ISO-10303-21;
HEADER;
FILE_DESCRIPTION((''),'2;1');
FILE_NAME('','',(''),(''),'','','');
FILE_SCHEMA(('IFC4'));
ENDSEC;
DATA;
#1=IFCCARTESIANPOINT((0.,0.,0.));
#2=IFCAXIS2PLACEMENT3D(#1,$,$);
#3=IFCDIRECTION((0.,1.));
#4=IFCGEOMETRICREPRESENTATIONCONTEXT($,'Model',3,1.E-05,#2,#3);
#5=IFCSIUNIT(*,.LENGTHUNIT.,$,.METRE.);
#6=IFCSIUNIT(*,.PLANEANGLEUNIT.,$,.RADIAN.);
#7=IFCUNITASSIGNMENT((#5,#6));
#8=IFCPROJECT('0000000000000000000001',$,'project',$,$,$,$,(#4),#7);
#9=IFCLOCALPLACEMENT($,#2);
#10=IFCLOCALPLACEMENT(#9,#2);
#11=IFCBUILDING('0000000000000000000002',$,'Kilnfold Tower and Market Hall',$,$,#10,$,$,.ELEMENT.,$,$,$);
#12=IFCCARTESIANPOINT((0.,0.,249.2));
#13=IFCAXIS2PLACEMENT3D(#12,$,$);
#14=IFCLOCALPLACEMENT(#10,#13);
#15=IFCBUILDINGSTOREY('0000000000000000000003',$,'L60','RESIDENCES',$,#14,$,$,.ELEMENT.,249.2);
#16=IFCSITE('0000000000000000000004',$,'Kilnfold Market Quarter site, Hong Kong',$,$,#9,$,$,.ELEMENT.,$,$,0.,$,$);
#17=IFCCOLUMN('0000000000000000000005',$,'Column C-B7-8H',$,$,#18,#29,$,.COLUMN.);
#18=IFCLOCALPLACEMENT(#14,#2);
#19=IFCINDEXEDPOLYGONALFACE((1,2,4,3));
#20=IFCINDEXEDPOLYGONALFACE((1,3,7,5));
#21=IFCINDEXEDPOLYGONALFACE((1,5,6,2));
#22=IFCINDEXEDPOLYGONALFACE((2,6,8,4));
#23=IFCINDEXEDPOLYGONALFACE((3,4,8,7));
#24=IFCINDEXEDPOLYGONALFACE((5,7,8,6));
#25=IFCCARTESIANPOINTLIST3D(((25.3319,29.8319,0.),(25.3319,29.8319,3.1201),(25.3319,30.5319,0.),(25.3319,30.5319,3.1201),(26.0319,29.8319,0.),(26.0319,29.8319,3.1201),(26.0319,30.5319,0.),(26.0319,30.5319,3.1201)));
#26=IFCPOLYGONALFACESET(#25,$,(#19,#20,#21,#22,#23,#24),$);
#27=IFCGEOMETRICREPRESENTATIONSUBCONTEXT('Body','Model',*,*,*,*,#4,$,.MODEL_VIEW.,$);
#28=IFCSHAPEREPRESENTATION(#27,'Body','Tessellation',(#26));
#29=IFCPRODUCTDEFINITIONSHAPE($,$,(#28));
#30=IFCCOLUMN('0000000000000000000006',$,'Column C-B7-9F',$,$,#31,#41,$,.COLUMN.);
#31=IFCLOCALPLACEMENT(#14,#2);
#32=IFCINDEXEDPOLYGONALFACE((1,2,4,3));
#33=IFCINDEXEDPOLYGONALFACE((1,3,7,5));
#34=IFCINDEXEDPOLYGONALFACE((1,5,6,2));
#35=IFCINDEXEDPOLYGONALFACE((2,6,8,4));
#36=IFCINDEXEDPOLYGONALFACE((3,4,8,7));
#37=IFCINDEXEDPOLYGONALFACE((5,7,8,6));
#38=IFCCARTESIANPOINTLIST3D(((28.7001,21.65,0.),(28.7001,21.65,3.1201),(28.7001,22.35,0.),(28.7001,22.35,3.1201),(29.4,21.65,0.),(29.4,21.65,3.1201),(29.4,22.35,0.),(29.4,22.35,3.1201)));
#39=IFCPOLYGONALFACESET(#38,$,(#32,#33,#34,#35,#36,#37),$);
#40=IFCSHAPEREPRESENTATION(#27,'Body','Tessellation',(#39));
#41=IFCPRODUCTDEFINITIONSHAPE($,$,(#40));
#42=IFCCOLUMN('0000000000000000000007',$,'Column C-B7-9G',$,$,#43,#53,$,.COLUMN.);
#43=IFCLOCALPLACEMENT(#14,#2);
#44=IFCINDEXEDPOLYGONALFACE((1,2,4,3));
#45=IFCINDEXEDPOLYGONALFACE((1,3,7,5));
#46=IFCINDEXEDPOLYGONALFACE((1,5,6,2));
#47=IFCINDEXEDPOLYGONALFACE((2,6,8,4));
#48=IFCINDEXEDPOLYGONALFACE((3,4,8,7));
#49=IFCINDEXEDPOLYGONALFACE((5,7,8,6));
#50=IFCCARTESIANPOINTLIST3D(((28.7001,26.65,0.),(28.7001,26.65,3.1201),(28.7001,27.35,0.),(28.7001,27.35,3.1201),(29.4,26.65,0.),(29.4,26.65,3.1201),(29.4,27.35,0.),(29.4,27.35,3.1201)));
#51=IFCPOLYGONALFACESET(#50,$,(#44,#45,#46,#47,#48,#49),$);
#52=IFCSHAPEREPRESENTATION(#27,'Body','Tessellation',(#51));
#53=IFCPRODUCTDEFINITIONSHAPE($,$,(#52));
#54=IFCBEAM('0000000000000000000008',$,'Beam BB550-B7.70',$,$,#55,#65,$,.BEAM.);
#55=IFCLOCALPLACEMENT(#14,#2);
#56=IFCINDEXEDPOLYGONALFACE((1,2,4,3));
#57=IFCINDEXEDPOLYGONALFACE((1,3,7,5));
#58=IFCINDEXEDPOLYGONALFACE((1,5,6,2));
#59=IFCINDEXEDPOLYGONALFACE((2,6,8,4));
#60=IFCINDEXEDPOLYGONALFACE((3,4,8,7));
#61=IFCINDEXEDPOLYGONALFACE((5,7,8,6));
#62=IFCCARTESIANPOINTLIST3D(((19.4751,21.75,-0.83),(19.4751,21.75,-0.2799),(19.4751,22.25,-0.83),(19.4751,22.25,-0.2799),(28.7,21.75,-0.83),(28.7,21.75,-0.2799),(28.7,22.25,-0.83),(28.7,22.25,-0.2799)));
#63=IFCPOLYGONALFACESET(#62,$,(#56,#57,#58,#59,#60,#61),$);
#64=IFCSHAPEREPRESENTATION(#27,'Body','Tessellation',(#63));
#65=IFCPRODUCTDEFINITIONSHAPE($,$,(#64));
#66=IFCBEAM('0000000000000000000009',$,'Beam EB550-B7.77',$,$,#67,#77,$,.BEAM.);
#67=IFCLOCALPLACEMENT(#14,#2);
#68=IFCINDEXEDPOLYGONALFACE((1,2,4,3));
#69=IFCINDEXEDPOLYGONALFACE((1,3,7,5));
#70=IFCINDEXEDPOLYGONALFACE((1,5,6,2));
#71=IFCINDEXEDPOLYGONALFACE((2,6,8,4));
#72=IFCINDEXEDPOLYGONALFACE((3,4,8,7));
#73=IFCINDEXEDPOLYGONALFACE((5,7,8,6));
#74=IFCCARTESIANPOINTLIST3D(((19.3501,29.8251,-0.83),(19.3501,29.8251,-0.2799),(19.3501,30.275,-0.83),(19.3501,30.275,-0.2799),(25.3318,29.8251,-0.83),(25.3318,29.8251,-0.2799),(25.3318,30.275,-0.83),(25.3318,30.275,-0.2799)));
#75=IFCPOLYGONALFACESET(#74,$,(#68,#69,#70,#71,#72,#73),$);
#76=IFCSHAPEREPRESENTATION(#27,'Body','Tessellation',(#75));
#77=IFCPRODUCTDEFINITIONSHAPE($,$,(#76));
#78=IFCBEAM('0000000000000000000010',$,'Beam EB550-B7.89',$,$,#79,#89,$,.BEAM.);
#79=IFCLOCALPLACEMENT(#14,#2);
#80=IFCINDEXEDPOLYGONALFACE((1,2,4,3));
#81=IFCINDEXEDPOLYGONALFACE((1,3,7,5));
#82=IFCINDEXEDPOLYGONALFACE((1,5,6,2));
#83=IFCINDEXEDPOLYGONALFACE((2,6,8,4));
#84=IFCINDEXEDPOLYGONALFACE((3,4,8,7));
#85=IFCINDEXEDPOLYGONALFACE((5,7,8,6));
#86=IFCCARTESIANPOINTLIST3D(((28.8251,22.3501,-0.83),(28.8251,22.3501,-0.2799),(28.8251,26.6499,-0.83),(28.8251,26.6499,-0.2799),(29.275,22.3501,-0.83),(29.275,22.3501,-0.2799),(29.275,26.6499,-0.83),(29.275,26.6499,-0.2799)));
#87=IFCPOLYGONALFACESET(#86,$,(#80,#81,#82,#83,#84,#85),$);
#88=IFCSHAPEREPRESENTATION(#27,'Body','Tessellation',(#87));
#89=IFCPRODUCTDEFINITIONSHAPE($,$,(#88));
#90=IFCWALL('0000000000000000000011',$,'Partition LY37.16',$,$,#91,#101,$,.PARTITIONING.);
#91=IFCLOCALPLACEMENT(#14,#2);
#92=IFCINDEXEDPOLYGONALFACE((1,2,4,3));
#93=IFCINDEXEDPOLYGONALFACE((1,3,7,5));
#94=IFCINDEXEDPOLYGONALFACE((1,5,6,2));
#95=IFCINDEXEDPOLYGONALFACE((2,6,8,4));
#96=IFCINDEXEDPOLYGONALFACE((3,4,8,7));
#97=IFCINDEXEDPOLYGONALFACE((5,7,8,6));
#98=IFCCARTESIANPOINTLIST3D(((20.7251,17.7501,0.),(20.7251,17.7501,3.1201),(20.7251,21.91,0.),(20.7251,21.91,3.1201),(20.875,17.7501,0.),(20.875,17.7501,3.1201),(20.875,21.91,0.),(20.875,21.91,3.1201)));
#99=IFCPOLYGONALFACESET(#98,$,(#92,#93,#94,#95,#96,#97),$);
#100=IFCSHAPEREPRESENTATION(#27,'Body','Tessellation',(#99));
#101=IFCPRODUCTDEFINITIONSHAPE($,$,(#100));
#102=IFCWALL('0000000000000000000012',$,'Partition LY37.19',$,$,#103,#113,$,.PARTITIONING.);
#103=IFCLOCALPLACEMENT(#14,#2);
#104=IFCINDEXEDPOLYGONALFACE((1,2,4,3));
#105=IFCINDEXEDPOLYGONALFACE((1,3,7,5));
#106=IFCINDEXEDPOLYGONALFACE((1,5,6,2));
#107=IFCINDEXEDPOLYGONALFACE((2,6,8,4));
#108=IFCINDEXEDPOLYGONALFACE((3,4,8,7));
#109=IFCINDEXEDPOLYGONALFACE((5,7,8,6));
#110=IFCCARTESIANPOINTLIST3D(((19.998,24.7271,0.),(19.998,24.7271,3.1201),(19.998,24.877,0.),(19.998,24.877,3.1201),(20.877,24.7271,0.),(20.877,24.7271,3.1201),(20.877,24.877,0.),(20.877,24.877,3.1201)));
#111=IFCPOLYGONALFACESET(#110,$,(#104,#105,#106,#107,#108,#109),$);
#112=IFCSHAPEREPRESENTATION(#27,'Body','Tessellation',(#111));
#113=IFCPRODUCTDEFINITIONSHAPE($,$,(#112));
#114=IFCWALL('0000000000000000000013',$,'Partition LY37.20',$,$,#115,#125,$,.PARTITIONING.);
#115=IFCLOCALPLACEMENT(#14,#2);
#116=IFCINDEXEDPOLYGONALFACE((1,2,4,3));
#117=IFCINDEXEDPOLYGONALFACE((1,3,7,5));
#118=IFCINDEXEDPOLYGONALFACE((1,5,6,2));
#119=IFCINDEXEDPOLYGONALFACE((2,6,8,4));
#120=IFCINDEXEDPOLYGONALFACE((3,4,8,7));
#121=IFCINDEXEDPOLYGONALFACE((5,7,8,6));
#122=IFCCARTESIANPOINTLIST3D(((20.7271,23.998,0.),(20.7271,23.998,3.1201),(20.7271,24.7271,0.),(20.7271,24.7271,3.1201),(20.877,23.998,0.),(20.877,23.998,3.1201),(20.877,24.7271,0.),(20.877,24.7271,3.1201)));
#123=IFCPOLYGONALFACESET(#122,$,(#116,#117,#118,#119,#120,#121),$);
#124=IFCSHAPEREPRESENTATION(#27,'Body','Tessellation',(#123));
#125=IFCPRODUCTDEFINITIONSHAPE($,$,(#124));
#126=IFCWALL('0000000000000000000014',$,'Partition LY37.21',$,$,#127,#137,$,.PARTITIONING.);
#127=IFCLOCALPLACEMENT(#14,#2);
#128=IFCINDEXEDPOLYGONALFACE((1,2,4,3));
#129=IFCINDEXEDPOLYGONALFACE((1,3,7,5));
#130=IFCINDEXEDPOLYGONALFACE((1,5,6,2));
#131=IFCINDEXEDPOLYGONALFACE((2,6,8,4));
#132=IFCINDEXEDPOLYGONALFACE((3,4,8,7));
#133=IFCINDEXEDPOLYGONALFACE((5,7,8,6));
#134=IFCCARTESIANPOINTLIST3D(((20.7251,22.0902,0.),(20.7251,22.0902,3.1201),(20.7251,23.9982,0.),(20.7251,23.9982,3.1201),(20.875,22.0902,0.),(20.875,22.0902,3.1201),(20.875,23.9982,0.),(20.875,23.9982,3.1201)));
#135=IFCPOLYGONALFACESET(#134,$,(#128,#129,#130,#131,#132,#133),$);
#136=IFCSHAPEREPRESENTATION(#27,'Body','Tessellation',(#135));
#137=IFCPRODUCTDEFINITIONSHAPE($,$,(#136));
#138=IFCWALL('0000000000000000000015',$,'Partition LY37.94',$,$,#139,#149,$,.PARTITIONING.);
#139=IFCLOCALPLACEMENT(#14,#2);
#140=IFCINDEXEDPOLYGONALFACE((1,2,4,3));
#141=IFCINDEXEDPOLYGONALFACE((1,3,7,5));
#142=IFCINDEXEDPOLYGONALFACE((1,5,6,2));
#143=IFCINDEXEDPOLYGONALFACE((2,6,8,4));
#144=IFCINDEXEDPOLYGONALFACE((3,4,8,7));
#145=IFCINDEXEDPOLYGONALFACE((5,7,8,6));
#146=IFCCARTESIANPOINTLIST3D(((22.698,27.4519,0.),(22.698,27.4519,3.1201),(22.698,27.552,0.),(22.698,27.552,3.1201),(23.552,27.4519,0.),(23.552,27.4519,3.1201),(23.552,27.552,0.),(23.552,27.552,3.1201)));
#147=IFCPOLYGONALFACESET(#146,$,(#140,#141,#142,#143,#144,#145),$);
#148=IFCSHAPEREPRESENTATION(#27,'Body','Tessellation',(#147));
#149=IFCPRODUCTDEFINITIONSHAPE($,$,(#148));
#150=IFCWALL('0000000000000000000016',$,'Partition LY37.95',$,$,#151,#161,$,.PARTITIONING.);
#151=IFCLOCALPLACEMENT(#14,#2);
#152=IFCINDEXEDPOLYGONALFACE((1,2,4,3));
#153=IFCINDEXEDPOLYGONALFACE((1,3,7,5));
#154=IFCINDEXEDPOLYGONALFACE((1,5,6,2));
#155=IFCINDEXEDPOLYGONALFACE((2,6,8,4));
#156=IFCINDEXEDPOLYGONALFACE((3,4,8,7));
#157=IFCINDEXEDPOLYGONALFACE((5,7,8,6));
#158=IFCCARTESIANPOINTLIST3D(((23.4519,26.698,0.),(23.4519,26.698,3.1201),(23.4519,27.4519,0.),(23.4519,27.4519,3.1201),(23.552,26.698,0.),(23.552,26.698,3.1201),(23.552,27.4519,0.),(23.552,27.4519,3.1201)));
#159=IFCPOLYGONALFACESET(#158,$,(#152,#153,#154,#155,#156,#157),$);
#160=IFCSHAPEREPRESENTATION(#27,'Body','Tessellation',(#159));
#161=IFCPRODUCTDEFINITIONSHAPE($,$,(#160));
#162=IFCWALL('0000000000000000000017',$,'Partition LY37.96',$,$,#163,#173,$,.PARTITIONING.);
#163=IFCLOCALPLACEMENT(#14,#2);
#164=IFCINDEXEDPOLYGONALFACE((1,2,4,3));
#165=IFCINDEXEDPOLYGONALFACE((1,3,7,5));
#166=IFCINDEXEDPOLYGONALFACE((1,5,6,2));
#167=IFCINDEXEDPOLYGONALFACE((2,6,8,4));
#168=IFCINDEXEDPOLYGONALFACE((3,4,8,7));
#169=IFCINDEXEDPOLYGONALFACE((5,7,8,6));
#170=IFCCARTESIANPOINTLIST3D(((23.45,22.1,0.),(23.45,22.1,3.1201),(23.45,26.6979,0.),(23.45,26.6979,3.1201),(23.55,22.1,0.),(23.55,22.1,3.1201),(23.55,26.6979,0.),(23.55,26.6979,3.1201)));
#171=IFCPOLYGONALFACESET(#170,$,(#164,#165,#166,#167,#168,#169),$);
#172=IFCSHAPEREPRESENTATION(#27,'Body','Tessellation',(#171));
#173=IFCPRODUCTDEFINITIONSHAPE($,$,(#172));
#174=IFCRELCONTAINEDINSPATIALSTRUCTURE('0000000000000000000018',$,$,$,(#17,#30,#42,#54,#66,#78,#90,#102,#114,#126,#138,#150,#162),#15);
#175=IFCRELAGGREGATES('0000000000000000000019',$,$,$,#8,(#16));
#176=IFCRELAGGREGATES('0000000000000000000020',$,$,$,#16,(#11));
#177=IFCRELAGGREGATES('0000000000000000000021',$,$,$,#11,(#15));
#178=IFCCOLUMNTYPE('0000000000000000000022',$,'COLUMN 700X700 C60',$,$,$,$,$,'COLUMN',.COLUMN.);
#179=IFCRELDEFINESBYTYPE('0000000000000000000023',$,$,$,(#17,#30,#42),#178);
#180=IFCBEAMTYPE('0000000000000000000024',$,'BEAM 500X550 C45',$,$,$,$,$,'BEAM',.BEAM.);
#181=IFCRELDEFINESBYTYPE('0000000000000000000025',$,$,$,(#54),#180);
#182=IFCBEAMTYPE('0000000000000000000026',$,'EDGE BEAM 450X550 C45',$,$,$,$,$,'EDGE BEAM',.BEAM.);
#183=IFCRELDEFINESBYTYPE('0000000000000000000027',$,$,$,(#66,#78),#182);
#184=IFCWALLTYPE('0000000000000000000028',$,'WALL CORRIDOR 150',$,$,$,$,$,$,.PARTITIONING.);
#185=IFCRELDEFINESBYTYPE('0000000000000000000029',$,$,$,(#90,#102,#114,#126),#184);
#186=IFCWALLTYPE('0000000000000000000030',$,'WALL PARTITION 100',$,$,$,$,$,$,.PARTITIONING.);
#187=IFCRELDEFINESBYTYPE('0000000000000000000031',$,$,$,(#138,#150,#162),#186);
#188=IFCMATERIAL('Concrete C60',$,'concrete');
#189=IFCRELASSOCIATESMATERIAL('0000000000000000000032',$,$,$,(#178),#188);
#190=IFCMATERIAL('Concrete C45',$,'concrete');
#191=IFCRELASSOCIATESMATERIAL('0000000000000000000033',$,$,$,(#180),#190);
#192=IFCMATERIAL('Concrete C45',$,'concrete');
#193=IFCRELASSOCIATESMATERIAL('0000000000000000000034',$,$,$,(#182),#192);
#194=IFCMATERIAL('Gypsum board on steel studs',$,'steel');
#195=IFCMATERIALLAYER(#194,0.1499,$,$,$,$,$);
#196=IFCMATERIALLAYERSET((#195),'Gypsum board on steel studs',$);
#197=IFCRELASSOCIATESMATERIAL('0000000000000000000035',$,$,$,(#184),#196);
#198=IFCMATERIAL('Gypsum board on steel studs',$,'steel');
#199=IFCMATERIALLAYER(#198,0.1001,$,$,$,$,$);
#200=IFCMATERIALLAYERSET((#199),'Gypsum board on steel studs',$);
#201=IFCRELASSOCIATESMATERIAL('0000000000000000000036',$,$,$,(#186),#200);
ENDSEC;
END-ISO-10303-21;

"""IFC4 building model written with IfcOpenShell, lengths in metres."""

from ifc_helpers import new_model, si_unit, direction, frame, frame_2d, origin, origin_2d, place, context, subcontext, project, spatial, rectangle, extrude, source, transform, mapped, material, layer, layer_set, material_profile, profile_set, type_object, element, save


model = new_model("IFC4")

# Units and contexts
model_context = context("Model", 3, precision=1e-05, world=origin(), true_north=direction((0.0, 1.0)))
body_context = subcontext(model_context, "Body", "Model", "MODEL_VIEW")
ifc_project = project(units=[si_unit("LENGTHUNIT", "METRE"), si_unit("PLANEANGLEUNIT", "RADIAN")], contexts=[model_context])

# Site, building, storey
site_placement = place(None, origin())
site = spatial("IfcSite", under=ifc_project, at=site_placement, Name="Kilnfold Market Quarter site, Hong Kong", CompositionType="ELEMENT", RefElevation=0.0)
building_placement = place(site_placement, origin())
building = spatial("IfcBuilding", under=site, at=building_placement, Name="Kilnfold Tower and Market Hall", CompositionType="ELEMENT")
storey_placement = place(building_placement, frame((0.0, 0.0, 249.2)))
storey = spatial("IfcBuildingStorey", under=building, at=storey_placement, Name="L60", Description="RESIDENCES", CompositionType="ELEMENT", Elevation=249.2)

# Columns
ifc_material_1 = material(Name="Concrete C60", Category="concrete")
ifc_material_profile_1 = material_profile(ifc_material_1, rectangle(XDim=0.7, YDim=0.7, at=origin_2d()), Name="RC 700x700")
ifc_profile_set_1 = profile_set([ifc_material_profile_1], Name="Concrete C60")
column_type = type_object("IfcColumnType", Name="COLUMN 700X700 C60", ElementType="COLUMN", PredefinedType="COLUMN", material=ifc_profile_set_1)
shared_shape_1 = source(origin(), body_context, "Body", "SweptSolid", [
    extrude(rectangle(XDim=0.7, YDim=0.7, at=origin_2d()), origin(), (0.0, 0.0, 1.0), 3.1201),
])
for number, where, z_axis, x_axis, name in (
    (1, (25.6819, 30.1819, 0.0), (0.0, 0.0, 1.0), (1.0, 0.0, 0.0), "Column C-B7-8H"),
    (2, (29.05, 22.0, 0.0), (0.0, 0.0, 1.0), (1.0, 0.0, 0.0), "Column C-B7-9F"),
    (3, (29.05, 27.0, 0.0), (0.0, 0.0, 1.0), (1.0, 0.0, 0.0), "Column C-B7-9G"),
):
    element("IfcColumn", number, at=place(storey_placement, frame(where, z_axis=z_axis, x_axis=x_axis)), inside=storey, type_object=column_type, Name=name, PredefinedType="COLUMN", context=body_context, shape_type="MappedRepresentation", body=[
        mapped(shared_shape_1, transform((0.0, 0.0, 0.0))),
    ])

# Beams
ifc_material_2 = material(Name="Concrete C45", Category="concrete")
ifc_material_profile_2 = material_profile(ifc_material_2, rectangle(XDim=0.5, YDim=0.55, at=origin_2d()), Name="RC 500x550")
ifc_profile_set_2 = profile_set([ifc_material_profile_2], Name="Concrete C45")
beam_type_1 = type_object("IfcBeamType", Name="BEAM 500X550 C45", ElementType="BEAM", PredefinedType="BEAM", material=ifc_profile_set_2)
shared_shape_2 = source(origin(), body_context, "Body", "SweptSolid", [
    extrude(rectangle(XDim=0.5, YDim=0.55, at=origin_2d()), origin(), (0.0, 0.0, 1.0), 9.2249),
])
beam_1_placement = place(storey_placement, frame((19.4751, 22.0, -0.5549), z_axis=(1.0, 0.0, 0.0), x_axis=(0.0, 1.0, 0.0)))
element("IfcBeam", 4, at=beam_1_placement, inside=storey, type_object=beam_type_1, Name="Beam BB550-B7.70", PredefinedType="BEAM", context=body_context, shape_type="MappedRepresentation", body=[
    mapped(shared_shape_2, transform((0.0, 0.0, 0.0))),
])
ifc_material_3 = material(Name="Concrete C45", Category="concrete")
ifc_material_profile_3 = material_profile(ifc_material_3, rectangle(XDim=0.45, YDim=0.55, at=origin_2d()), Name="RC 450x550")
ifc_profile_set_3 = profile_set([ifc_material_profile_3], Name="Concrete C45")
beam_type_2 = type_object("IfcBeamType", Name="EDGE BEAM 450X550 C45", ElementType="EDGE BEAM", PredefinedType="BEAM", material=ifc_profile_set_3)
shared_shape_3 = source(origin(), body_context, "Body", "SweptSolid", [
    extrude(rectangle(XDim=0.45, YDim=0.55, at=origin_2d()), origin(), (0.0, 0.0, 1.0), 5.9817),
])
beam_2_placement = place(storey_placement, frame((19.3501, 30.05, -0.5549), z_axis=(1.0, 0.0, 0.0), x_axis=(0.0, 1.0, 0.0)))
element("IfcBeam", 5, at=beam_2_placement, inside=storey, type_object=beam_type_2, Name="Beam EB550-B7.77", PredefinedType="BEAM", context=body_context, shape_type="MappedRepresentation", body=[
    mapped(shared_shape_3, transform((0.0, 0.0, 0.0))),
])
shared_shape_4 = source(origin(), body_context, "Body", "SweptSolid", [
    extrude(rectangle(XDim=0.45, YDim=0.55, at=origin_2d()), origin(), (0.0, 0.0, 1.0), 4.2998),
])
beam_3_placement = place(storey_placement, frame((29.05, 22.3501, -0.5549), z_axis=(0.0, 1.0, 0.0), x_axis=(-1.0, 0.0, 0.0)))
element("IfcBeam", 6, at=beam_3_placement, inside=storey, type_object=beam_type_2, Name="Beam EB550-B7.89", PredefinedType="BEAM", context=body_context, shape_type="MappedRepresentation", body=[
    mapped(shared_shape_4, transform((0.0, 0.0, 0.0))),
])

# Walls
ifc_material_4 = material(Name="Gypsum board on steel studs", Category="steel")
ifc_layer_1 = layer(ifc_material_4, 0.1499)
ifc_layer_set_1 = layer_set([ifc_layer_1], Name="Gypsum board on steel studs")
wall_type_1 = type_object("IfcWallType", Name="WALL CORRIDOR 150", PredefinedType="PARTITIONING", material=ifc_layer_set_1)
wall_1_placement = place(storey_placement, frame((20.8, 17.75, 0.0), z_axis=(0.0, 0.0, 1.0), x_axis=(0.0, 1.0, 0.0)))
element("IfcWall", 7, at=wall_1_placement, inside=storey, type_object=wall_type_1, Name="Partition LY37.16", PredefinedType="PARTITIONING", context=body_context, shape_type="SweptSolid", body=[
    extrude(rectangle(XDim=4.1599, YDim=0.1499, at=frame_2d((2.0801, 0.0))), origin(), (0.0, 0.0, 1.0), 3.1201),
])
wall_2_placement = place(storey_placement, frame((20.877, 24.802, 0.0), z_axis=(0.0, 0.0, 1.0), x_axis=(-1.0, 0.0, 0.0)))
element("IfcWall", 8, at=wall_2_placement, inside=storey, type_object=wall_type_1, Name="Partition LY37.19", PredefinedType="PARTITIONING", context=body_context, shape_type="SweptSolid", body=[
    extrude(rectangle(XDim=0.8789, YDim=0.1499, at=frame_2d((0.4395, 0.0))), origin(), (0.0, 0.0, 1.0), 3.1201),
])
wall_3_placement = place(storey_placement, frame((20.802, 23.998, 0.0), z_axis=(0.0, 0.0, 1.0), x_axis=(0.0, 1.0, 0.0)))
element("IfcWall", 9, at=wall_3_placement, inside=storey, type_object=wall_type_1, Name="Partition LY37.20", PredefinedType="PARTITIONING", context=body_context, shape_type="SweptSolid", body=[
    extrude(rectangle(XDim=0.729, YDim=0.1499, at=frame_2d((0.3645, 0.0))), origin(), (0.0, 0.0, 1.0), 3.1201),
])
wall_4_placement = place(storey_placement, frame((20.8, 22.0901, 0.0), z_axis=(0.0, 0.0, 1.0), x_axis=(0.0, 1.0, 0.0)))
element("IfcWall", 10, at=wall_4_placement, inside=storey, type_object=wall_type_1, Name="Partition LY37.21", PredefinedType="PARTITIONING", context=body_context, shape_type="SweptSolid", body=[
    extrude(rectangle(XDim=1.908, YDim=0.1499, at=frame_2d((0.9541, 0.0))), origin(), (0.0, 0.0, 1.0), 3.1201),
])
ifc_material_5 = material(Name="Gypsum board on steel studs", Category="steel")
ifc_layer_2 = layer(ifc_material_5, 0.1001)
ifc_layer_set_2 = layer_set([ifc_layer_2], Name="Gypsum board on steel studs")
wall_type_2 = type_object("IfcWallType", Name="WALL PARTITION 100", PredefinedType="PARTITIONING", material=ifc_layer_set_2)
wall_5_placement = place(storey_placement, frame((23.552, 27.502, 0.0), z_axis=(0.0, 0.0, 1.0), x_axis=(-1.0, 0.0, 0.0)))
element("IfcWall", 11, at=wall_5_placement, inside=storey, type_object=wall_type_2, Name="Partition LY37.94", PredefinedType="PARTITIONING", context=body_context, shape_type="SweptSolid", body=[
    extrude(rectangle(XDim=0.854, YDim=0.1001, at=frame_2d((0.427, 0.0))), origin(), (0.0, 0.0, 1.0), 3.1201),
])
wall_6_placement = place(storey_placement, frame((23.502, 26.698, 0.0), z_axis=(0.0, 0.0, 1.0), x_axis=(0.0, 1.0, 0.0)))
element("IfcWall", 12, at=wall_6_placement, inside=storey, type_object=wall_type_2, Name="Partition LY37.95", PredefinedType="PARTITIONING", context=body_context, shape_type="SweptSolid", body=[
    extrude(rectangle(XDim=0.7539, YDim=0.1001, at=frame_2d((0.377, 0.0))), origin(), (0.0, 0.0, 1.0), 3.1201),
])
wall_7_placement = place(storey_placement, frame((23.5, 22.1001, 0.0), z_axis=(0.0, 0.0, 1.0), x_axis=(0.0, 1.0, 0.0)))
element("IfcWall", 13, at=wall_7_placement, inside=storey, type_object=wall_type_2, Name="Partition LY37.96", PredefinedType="PARTITIONING", context=body_context, shape_type="SweptSolid", body=[
    extrude(rectangle(XDim=4.5979, YDim=0.1001, at=frame_2d((2.2988, 0.0))), origin(), (0.0, 0.0, 1.0), 3.1201),
])

save(model, "model.ifc")
